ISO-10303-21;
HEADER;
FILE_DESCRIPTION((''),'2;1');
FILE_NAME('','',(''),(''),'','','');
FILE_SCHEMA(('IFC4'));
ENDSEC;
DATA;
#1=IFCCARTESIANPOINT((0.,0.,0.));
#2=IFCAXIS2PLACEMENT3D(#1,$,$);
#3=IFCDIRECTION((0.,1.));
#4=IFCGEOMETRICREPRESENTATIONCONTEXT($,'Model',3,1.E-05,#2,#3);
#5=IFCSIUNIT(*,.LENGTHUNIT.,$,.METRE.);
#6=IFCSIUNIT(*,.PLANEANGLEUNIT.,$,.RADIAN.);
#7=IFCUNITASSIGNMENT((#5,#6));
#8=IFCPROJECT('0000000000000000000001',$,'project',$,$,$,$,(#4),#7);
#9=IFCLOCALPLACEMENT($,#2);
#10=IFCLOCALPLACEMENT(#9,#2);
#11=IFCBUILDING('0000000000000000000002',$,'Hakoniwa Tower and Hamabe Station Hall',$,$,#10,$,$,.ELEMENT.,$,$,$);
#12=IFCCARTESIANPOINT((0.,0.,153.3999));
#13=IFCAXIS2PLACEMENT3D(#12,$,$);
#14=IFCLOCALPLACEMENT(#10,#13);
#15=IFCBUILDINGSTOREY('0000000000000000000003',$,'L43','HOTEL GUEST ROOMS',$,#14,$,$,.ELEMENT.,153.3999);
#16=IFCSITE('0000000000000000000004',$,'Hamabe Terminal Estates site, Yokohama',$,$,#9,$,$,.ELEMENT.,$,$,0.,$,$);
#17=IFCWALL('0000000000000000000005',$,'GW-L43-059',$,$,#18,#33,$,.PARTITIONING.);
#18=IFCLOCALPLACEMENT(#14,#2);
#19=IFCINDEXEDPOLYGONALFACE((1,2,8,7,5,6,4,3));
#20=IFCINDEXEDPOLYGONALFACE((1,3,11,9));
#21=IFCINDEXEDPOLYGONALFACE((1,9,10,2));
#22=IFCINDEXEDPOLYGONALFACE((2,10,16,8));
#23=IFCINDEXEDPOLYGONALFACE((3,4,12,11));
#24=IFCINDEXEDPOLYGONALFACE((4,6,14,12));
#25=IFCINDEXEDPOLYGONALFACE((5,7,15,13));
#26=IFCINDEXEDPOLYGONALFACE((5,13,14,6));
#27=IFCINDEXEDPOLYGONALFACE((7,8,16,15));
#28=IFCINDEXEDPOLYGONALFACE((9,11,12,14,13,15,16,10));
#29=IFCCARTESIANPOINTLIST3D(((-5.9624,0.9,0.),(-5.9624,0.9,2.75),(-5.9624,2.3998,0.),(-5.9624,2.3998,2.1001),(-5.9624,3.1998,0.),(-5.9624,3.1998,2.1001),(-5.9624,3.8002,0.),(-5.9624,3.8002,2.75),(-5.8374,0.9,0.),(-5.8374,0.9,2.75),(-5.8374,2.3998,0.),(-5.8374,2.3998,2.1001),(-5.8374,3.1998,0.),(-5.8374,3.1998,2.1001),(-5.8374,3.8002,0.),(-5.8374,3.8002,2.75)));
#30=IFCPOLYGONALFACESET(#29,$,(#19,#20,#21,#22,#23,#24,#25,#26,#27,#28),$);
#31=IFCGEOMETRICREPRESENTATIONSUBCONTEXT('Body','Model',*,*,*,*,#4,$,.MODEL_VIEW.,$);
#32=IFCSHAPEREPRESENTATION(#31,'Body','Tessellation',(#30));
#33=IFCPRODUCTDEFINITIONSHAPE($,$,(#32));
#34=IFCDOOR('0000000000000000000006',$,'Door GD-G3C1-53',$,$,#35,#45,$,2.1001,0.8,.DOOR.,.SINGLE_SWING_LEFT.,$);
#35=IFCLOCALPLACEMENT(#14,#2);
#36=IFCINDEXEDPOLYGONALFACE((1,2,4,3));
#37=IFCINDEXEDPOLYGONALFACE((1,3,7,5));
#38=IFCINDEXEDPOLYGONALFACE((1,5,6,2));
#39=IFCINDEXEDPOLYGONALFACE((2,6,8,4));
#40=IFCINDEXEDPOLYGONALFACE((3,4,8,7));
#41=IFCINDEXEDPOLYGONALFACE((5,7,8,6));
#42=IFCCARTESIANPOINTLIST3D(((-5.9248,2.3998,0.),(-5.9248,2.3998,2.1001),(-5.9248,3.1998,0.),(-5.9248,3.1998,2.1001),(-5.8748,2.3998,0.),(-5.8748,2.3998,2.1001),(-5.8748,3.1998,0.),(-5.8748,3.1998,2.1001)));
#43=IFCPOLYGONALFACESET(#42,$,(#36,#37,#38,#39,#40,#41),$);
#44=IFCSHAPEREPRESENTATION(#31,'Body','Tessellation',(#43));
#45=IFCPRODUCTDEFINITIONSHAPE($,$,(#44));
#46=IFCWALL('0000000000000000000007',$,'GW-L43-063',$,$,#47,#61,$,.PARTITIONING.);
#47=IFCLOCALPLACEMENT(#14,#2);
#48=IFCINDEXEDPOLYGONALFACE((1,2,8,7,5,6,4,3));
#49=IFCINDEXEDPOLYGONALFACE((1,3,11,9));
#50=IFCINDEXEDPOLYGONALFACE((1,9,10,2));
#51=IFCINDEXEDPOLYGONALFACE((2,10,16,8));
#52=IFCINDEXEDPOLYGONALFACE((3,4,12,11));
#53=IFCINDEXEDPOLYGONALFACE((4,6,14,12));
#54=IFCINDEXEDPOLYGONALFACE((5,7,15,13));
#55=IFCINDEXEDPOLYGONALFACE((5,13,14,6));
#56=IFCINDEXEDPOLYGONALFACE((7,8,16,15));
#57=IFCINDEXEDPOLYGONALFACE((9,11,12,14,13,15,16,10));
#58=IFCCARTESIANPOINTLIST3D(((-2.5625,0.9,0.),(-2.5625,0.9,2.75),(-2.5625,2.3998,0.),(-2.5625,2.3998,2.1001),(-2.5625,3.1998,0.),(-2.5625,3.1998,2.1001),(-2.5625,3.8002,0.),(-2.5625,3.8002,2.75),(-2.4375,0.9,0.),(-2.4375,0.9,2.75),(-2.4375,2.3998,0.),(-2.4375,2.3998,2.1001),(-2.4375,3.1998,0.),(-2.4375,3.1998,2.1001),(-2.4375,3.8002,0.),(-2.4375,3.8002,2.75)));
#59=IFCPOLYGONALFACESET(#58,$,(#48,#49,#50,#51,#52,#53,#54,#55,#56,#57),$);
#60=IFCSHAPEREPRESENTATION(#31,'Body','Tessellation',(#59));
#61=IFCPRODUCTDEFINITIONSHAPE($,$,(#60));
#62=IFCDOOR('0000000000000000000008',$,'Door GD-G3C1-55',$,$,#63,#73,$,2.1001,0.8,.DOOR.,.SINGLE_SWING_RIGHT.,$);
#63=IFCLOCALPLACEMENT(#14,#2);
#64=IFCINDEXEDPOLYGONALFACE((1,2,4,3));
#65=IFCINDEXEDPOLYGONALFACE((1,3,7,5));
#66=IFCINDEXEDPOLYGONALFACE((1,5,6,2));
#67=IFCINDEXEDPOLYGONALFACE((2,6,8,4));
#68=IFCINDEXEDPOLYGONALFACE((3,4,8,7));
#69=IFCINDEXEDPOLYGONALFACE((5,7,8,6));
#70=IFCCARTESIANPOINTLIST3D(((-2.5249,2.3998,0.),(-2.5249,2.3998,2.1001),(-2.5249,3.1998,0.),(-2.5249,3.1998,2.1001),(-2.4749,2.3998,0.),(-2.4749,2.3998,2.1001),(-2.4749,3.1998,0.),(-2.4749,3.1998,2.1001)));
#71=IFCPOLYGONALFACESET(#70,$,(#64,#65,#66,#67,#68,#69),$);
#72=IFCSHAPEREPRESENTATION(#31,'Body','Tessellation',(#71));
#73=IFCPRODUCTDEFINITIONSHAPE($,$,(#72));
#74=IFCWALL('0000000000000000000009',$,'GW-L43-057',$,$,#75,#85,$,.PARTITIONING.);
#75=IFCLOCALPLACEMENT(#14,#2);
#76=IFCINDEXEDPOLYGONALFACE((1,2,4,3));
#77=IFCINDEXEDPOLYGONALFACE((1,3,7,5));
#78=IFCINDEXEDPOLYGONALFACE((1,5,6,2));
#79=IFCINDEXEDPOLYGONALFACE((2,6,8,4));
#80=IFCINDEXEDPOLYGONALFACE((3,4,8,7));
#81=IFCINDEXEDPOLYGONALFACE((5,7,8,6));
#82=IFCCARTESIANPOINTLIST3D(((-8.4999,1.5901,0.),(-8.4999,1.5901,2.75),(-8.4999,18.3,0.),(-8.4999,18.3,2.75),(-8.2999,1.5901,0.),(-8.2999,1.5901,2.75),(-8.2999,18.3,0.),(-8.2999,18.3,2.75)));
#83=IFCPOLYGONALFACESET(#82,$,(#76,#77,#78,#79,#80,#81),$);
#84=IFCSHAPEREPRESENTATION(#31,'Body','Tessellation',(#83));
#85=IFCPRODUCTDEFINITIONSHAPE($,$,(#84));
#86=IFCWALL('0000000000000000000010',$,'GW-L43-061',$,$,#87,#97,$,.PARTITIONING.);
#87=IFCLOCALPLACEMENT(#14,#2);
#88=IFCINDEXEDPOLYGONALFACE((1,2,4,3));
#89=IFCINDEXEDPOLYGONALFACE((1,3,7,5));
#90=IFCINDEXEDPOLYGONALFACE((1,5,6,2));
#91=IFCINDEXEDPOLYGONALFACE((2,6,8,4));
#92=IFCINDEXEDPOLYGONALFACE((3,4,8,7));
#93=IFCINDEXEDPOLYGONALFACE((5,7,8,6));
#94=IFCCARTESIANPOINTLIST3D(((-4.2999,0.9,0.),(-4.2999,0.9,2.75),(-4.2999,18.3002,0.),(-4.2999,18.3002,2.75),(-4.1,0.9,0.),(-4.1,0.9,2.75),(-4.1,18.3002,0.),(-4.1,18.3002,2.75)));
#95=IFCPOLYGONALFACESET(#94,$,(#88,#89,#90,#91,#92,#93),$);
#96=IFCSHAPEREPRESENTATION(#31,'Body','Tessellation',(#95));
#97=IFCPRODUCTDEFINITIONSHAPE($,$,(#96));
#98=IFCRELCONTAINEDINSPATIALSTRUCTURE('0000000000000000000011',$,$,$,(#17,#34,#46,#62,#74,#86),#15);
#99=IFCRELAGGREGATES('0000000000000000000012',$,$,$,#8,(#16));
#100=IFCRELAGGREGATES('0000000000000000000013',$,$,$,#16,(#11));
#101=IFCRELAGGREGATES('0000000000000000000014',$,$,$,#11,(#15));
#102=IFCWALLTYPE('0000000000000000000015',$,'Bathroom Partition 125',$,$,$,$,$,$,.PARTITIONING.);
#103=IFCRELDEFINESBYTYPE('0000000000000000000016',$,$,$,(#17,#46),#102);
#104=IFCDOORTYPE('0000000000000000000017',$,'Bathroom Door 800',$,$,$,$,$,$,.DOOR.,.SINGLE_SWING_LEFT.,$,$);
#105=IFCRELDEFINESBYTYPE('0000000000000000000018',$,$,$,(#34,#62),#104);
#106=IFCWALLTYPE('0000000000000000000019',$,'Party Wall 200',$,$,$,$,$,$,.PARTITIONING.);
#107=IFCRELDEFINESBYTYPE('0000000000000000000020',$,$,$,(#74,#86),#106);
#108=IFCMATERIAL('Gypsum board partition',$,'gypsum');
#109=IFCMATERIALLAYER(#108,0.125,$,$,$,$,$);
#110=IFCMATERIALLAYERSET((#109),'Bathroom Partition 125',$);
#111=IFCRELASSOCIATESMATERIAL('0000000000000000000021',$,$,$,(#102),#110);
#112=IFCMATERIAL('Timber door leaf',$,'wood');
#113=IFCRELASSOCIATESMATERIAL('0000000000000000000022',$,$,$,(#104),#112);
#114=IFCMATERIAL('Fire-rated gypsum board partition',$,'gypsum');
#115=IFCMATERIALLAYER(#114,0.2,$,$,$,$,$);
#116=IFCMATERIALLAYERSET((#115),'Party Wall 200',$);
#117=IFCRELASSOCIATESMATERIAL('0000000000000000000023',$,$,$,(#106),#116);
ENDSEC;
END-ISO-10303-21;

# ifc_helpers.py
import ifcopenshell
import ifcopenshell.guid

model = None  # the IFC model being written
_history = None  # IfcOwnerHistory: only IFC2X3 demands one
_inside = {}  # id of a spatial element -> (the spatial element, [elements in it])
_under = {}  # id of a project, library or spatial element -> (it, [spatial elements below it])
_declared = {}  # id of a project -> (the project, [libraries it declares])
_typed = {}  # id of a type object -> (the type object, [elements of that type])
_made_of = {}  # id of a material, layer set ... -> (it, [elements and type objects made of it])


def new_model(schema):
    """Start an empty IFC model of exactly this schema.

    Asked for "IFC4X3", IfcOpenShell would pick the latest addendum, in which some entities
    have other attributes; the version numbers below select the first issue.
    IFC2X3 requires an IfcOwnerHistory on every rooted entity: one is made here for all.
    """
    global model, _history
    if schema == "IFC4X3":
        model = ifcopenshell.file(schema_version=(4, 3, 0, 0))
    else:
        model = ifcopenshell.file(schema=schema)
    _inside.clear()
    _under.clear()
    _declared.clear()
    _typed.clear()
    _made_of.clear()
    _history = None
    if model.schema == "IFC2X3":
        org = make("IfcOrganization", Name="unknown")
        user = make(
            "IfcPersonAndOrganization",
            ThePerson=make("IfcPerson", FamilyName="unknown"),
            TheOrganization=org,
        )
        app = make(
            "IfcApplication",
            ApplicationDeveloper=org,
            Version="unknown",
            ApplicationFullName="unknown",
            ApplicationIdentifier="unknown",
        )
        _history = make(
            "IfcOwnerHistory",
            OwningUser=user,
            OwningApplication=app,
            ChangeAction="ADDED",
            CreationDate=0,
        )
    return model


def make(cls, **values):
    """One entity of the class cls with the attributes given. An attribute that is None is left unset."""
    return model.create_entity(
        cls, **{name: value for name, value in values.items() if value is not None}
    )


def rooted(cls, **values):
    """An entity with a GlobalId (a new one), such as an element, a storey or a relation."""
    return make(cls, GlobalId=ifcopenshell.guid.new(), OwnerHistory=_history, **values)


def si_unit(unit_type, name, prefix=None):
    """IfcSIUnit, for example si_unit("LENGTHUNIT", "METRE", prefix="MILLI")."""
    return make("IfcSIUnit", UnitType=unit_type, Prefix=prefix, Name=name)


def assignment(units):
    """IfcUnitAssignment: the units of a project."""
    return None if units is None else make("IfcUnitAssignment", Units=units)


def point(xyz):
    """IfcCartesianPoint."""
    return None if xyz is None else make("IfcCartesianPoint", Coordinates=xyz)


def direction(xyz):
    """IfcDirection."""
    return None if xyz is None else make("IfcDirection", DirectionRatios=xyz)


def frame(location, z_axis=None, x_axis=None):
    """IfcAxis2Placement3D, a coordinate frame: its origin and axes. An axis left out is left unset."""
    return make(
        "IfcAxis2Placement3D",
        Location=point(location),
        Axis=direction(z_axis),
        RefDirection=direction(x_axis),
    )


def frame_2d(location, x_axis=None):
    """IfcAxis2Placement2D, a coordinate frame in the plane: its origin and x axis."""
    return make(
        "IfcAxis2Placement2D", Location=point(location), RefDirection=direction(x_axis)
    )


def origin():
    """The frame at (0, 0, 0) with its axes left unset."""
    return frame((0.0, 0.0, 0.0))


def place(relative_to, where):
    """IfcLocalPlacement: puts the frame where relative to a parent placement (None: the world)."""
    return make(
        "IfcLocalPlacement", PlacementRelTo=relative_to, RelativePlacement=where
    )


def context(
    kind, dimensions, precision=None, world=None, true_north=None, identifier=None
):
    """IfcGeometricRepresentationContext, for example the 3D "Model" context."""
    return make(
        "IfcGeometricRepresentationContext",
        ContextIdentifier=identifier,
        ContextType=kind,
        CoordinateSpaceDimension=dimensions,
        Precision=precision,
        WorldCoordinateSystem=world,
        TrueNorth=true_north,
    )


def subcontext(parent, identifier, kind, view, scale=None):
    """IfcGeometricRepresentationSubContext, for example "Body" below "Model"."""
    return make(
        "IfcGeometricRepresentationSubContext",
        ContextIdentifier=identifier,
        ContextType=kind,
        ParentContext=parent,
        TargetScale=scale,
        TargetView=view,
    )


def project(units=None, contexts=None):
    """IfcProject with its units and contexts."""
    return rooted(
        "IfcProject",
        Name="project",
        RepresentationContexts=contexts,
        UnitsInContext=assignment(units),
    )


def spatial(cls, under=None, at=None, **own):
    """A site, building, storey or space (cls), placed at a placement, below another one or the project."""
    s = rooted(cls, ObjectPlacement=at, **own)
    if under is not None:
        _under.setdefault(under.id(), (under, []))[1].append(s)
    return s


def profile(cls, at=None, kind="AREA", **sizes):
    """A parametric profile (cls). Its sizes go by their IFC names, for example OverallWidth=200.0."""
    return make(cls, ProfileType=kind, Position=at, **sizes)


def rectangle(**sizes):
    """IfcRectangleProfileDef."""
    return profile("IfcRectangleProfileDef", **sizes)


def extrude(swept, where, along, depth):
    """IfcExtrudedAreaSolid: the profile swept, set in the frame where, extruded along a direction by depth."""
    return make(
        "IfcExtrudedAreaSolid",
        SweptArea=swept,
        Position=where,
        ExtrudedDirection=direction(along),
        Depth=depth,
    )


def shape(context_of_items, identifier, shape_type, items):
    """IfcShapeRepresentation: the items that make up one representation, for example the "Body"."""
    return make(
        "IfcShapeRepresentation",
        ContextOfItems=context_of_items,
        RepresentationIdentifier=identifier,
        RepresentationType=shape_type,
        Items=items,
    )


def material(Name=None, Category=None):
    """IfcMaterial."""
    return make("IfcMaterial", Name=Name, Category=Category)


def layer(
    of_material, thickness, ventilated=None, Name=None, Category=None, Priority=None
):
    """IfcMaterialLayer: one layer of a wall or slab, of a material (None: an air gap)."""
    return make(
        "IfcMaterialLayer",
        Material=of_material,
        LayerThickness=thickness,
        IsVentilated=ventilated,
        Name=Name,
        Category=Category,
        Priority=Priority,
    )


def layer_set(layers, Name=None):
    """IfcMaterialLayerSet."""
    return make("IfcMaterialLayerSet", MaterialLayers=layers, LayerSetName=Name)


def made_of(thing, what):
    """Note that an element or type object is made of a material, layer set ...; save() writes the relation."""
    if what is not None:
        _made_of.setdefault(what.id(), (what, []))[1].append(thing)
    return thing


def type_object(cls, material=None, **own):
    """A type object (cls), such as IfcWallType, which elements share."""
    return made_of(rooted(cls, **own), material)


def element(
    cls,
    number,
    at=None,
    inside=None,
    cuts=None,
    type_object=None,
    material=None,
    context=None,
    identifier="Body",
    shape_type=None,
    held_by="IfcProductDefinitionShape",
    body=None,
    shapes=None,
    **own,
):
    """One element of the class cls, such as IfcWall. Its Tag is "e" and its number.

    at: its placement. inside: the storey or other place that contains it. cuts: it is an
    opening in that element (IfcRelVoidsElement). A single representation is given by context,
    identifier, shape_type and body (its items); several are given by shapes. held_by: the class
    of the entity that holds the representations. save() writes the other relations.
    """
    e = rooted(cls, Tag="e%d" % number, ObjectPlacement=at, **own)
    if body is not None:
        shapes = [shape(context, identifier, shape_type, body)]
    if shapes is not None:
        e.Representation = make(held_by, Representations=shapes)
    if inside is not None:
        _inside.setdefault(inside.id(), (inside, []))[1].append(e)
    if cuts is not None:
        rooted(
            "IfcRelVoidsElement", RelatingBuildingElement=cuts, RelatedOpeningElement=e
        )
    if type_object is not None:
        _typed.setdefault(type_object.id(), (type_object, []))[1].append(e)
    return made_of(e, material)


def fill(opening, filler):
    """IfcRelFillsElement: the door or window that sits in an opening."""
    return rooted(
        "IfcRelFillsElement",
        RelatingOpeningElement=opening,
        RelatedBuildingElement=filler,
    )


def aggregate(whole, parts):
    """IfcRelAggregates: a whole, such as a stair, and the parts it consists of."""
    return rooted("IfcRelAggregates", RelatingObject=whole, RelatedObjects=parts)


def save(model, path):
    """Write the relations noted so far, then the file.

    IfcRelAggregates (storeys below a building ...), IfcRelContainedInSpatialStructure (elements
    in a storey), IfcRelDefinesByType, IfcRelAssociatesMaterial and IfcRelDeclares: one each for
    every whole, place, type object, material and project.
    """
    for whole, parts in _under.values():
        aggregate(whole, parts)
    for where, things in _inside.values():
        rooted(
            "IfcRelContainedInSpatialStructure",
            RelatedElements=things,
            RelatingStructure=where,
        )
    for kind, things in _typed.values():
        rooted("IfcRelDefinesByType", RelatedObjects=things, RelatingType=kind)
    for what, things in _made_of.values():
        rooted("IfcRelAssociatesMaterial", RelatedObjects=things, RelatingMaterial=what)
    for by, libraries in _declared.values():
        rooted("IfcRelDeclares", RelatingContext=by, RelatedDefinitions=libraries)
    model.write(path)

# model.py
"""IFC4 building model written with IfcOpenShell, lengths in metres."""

from ifc_helpers import new_model, si_unit, direction, frame, frame_2d, origin, place, context, subcontext, project, spatial, rectangle, extrude, material, layer, layer_set, type_object, element, fill, save


model = new_model("IFC4")

# Units and contexts
model_context = context("Model", 3, precision=1e-05, world=origin(), true_north=direction((0.0, 1.0)))
body_context = subcontext(model_context, "Body", "Model", "MODEL_VIEW")
ifc_project = project(units=[si_unit("LENGTHUNIT", "METRE"), si_unit("PLANEANGLEUNIT", "RADIAN")], contexts=[model_context])

# Site, building, storey
site_placement = place(None, origin())
site = spatial("IfcSite", under=ifc_project, at=site_placement, Name="Hamabe Terminal Estates site, Yokohama", CompositionType="ELEMENT", RefElevation=0.0)
building_placement = place(site_placement, origin())
building = spatial("IfcBuilding", under=site, at=building_placement, Name="Hakoniwa Tower and Hamabe Station Hall", CompositionType="ELEMENT")
storey_placement = place(building_placement, frame((0.0, 0.0, 153.3999)))
storey = spatial("IfcBuildingStorey", under=building, at=storey_placement, Name="L43", Description="HOTEL GUEST ROOMS", CompositionType="ELEMENT", Elevation=153.3999)

# Shared definitions
ifc_material_1 = material(Name="Gypsum board partition", Category="gypsum")
ifc_layer_1 = layer(ifc_material_1, 0.125)
ifc_layer_set_1 = layer_set([ifc_layer_1], Name="Bathroom Partition 125")
wall_type_1 = type_object("IfcWallType", Name="Bathroom Partition 125", PredefinedType="PARTITIONING", material=ifc_layer_set_1)

# Walls, openings, doors
wall_1_placement = place(storey_placement, frame((-5.8999, 0.8999, 0.0), z_axis=(0.0, 0.0, 1.0), x_axis=(0.0, 1.0, 0.0)))
wall_1 = element("IfcWall", 1, at=wall_1_placement, inside=storey, type_object=wall_type_1, Name="GW-L43-059", PredefinedType="PARTITIONING", context=body_context, shape_type="SweptSolid", body=[
    extrude(rectangle(XDim=2.9001, YDim=0.125, at=frame_2d((1.4502, 0.0))), origin(), (0.0, 0.0, 1.0), 2.75),
])
opening_1_placement = place(wall_1_placement, frame((1.5, 0.0, 0.0)))
opening_1 = element("IfcOpeningElement", 2, at=opening_1_placement, cuts=wall_1, PredefinedType="OPENING", context=body_context, shape_type="SweptSolid", body=[
    extrude(rectangle(XDim=0.8, YDim=2.1001, at=frame_2d((0.3999, 1.05))), frame((0.0, 0.0725, 0.0), z_axis=(0.0, -1.0, 0.0), x_axis=(1.0, 0.0, 0.0)), (0.0, 0.0, 1.0), 0.145),
])
ifc_material_2 = material(Name="Timber door leaf", Category="wood")
door_type = type_object("IfcDoorType", Name="Bathroom Door 800", OperationType="SINGLE_SWING_LEFT", PredefinedType="DOOR", material=ifc_material_2)
door_1_placement = place(opening_1_placement, origin())
door_1 = element("IfcDoor", 3, at=door_1_placement, inside=storey, type_object=door_type, Name="Door GD-G3C1-53", OperationType="SINGLE_SWING_LEFT", OverallHeight=2.1001, OverallWidth=0.8, PredefinedType="DOOR", context=body_context, shape_type="SweptSolid", body=[
    extrude(rectangle(XDim=0.8, YDim=2.1001, at=frame_2d((0.3999, 1.05))), frame((0.0, 0.0249, 0.0), z_axis=(0.0, -1.0, 0.0), x_axis=(1.0, 0.0, 0.0)), (0.0, 0.0, 1.0), 0.05),
])
fill(opening_1, door_1)
wall_2_placement = place(storey_placement, frame((-2.5, 0.8999, 0.0), z_axis=(0.0, 0.0, 1.0), x_axis=(0.0, 1.0, 0.0)))
wall_2 = element("IfcWall", 4, at=wall_2_placement, inside=storey, type_object=wall_type_1, Name="GW-L43-063", PredefinedType="PARTITIONING", context=body_context, shape_type="SweptSolid", body=[
    extrude(rectangle(XDim=2.9001, YDim=0.125, at=frame_2d((1.4502, 0.0))), origin(), (0.0, 0.0, 1.0), 2.75),
])
opening_2_placement = place(wall_2_placement, frame((1.5, 0.0, 0.0)))
opening_2 = element("IfcOpeningElement", 5, at=opening_2_placement, cuts=wall_2, PredefinedType="OPENING", context=body_context, shape_type="SweptSolid", body=[
    extrude(rectangle(XDim=0.8, YDim=2.1001, at=frame_2d((0.3999, 1.05))), frame((0.0, 0.0725, 0.0), z_axis=(0.0, -1.0, 0.0), x_axis=(1.0, 0.0, 0.0)), (0.0, 0.0, 1.0), 0.145),
])
door_2_placement = place(opening_2_placement, origin())
door_2 = element("IfcDoor", 6, at=door_2_placement, inside=storey, type_object=door_type, Name="Door GD-G3C1-55", OperationType="SINGLE_SWING_RIGHT", OverallHeight=2.1001, OverallWidth=0.8, PredefinedType="DOOR", context=body_context, shape_type="SweptSolid", body=[
    extrude(rectangle(XDim=0.8, YDim=2.1001, at=frame_2d((0.3999, 1.05))), frame((0.0, 0.0249, 0.0), z_axis=(0.0, -1.0, 0.0), x_axis=(1.0, 0.0, 0.0)), (0.0, 0.0, 1.0), 0.05),
])
fill(opening_2, door_2)

# Walls
ifc_material_3 = material(Name="Fire-rated gypsum board partition", Category="gypsum")
ifc_layer_2 = layer(ifc_material_3, 0.2)
ifc_layer_set_2 = layer_set([ifc_layer_2], Name="Party Wall 200")
wall_type_2 = type_object("IfcWallType", Name="Party Wall 200", PredefinedType="PARTITIONING", material=ifc_layer_set_2)
wall_3_placement = place(storey_placement, frame((-8.3999, 1.5901, 0.0), z_axis=(0.0, 0.0, 1.0), x_axis=(0.0, 1.0, 0.0)))
element("IfcWall", 7, at=wall_3_placement, inside=storey, type_object=wall_type_2, Name="GW-L43-057", PredefinedType="PARTITIONING", context=body_context, shape_type="SweptSolid", body=[
    extrude(rectangle(XDim=16.71, YDim=0.2, at=frame_2d((8.355, 0.0))), origin(), (0.0, 0.0, 1.0), 2.75),
])
wall_4_placement = place(storey_placement, frame((-4.2, 0.8999, 0.0), z_axis=(0.0, 0.0, 1.0), x_axis=(0.0, 1.0, 0.0)))
element("IfcWall", 8, at=wall_4_placement, inside=storey, type_object=wall_type_2, Name="GW-L43-061", PredefinedType="PARTITIONING", context=body_context, shape_type="SweptSolid", body=[
    extrude(rectangle(XDim=17.4001, YDim=0.2, at=frame_2d((8.7002, 0.0))), origin(), (0.0, 0.0, 1.0), 2.75),
])

save(model, "model.ifc")
